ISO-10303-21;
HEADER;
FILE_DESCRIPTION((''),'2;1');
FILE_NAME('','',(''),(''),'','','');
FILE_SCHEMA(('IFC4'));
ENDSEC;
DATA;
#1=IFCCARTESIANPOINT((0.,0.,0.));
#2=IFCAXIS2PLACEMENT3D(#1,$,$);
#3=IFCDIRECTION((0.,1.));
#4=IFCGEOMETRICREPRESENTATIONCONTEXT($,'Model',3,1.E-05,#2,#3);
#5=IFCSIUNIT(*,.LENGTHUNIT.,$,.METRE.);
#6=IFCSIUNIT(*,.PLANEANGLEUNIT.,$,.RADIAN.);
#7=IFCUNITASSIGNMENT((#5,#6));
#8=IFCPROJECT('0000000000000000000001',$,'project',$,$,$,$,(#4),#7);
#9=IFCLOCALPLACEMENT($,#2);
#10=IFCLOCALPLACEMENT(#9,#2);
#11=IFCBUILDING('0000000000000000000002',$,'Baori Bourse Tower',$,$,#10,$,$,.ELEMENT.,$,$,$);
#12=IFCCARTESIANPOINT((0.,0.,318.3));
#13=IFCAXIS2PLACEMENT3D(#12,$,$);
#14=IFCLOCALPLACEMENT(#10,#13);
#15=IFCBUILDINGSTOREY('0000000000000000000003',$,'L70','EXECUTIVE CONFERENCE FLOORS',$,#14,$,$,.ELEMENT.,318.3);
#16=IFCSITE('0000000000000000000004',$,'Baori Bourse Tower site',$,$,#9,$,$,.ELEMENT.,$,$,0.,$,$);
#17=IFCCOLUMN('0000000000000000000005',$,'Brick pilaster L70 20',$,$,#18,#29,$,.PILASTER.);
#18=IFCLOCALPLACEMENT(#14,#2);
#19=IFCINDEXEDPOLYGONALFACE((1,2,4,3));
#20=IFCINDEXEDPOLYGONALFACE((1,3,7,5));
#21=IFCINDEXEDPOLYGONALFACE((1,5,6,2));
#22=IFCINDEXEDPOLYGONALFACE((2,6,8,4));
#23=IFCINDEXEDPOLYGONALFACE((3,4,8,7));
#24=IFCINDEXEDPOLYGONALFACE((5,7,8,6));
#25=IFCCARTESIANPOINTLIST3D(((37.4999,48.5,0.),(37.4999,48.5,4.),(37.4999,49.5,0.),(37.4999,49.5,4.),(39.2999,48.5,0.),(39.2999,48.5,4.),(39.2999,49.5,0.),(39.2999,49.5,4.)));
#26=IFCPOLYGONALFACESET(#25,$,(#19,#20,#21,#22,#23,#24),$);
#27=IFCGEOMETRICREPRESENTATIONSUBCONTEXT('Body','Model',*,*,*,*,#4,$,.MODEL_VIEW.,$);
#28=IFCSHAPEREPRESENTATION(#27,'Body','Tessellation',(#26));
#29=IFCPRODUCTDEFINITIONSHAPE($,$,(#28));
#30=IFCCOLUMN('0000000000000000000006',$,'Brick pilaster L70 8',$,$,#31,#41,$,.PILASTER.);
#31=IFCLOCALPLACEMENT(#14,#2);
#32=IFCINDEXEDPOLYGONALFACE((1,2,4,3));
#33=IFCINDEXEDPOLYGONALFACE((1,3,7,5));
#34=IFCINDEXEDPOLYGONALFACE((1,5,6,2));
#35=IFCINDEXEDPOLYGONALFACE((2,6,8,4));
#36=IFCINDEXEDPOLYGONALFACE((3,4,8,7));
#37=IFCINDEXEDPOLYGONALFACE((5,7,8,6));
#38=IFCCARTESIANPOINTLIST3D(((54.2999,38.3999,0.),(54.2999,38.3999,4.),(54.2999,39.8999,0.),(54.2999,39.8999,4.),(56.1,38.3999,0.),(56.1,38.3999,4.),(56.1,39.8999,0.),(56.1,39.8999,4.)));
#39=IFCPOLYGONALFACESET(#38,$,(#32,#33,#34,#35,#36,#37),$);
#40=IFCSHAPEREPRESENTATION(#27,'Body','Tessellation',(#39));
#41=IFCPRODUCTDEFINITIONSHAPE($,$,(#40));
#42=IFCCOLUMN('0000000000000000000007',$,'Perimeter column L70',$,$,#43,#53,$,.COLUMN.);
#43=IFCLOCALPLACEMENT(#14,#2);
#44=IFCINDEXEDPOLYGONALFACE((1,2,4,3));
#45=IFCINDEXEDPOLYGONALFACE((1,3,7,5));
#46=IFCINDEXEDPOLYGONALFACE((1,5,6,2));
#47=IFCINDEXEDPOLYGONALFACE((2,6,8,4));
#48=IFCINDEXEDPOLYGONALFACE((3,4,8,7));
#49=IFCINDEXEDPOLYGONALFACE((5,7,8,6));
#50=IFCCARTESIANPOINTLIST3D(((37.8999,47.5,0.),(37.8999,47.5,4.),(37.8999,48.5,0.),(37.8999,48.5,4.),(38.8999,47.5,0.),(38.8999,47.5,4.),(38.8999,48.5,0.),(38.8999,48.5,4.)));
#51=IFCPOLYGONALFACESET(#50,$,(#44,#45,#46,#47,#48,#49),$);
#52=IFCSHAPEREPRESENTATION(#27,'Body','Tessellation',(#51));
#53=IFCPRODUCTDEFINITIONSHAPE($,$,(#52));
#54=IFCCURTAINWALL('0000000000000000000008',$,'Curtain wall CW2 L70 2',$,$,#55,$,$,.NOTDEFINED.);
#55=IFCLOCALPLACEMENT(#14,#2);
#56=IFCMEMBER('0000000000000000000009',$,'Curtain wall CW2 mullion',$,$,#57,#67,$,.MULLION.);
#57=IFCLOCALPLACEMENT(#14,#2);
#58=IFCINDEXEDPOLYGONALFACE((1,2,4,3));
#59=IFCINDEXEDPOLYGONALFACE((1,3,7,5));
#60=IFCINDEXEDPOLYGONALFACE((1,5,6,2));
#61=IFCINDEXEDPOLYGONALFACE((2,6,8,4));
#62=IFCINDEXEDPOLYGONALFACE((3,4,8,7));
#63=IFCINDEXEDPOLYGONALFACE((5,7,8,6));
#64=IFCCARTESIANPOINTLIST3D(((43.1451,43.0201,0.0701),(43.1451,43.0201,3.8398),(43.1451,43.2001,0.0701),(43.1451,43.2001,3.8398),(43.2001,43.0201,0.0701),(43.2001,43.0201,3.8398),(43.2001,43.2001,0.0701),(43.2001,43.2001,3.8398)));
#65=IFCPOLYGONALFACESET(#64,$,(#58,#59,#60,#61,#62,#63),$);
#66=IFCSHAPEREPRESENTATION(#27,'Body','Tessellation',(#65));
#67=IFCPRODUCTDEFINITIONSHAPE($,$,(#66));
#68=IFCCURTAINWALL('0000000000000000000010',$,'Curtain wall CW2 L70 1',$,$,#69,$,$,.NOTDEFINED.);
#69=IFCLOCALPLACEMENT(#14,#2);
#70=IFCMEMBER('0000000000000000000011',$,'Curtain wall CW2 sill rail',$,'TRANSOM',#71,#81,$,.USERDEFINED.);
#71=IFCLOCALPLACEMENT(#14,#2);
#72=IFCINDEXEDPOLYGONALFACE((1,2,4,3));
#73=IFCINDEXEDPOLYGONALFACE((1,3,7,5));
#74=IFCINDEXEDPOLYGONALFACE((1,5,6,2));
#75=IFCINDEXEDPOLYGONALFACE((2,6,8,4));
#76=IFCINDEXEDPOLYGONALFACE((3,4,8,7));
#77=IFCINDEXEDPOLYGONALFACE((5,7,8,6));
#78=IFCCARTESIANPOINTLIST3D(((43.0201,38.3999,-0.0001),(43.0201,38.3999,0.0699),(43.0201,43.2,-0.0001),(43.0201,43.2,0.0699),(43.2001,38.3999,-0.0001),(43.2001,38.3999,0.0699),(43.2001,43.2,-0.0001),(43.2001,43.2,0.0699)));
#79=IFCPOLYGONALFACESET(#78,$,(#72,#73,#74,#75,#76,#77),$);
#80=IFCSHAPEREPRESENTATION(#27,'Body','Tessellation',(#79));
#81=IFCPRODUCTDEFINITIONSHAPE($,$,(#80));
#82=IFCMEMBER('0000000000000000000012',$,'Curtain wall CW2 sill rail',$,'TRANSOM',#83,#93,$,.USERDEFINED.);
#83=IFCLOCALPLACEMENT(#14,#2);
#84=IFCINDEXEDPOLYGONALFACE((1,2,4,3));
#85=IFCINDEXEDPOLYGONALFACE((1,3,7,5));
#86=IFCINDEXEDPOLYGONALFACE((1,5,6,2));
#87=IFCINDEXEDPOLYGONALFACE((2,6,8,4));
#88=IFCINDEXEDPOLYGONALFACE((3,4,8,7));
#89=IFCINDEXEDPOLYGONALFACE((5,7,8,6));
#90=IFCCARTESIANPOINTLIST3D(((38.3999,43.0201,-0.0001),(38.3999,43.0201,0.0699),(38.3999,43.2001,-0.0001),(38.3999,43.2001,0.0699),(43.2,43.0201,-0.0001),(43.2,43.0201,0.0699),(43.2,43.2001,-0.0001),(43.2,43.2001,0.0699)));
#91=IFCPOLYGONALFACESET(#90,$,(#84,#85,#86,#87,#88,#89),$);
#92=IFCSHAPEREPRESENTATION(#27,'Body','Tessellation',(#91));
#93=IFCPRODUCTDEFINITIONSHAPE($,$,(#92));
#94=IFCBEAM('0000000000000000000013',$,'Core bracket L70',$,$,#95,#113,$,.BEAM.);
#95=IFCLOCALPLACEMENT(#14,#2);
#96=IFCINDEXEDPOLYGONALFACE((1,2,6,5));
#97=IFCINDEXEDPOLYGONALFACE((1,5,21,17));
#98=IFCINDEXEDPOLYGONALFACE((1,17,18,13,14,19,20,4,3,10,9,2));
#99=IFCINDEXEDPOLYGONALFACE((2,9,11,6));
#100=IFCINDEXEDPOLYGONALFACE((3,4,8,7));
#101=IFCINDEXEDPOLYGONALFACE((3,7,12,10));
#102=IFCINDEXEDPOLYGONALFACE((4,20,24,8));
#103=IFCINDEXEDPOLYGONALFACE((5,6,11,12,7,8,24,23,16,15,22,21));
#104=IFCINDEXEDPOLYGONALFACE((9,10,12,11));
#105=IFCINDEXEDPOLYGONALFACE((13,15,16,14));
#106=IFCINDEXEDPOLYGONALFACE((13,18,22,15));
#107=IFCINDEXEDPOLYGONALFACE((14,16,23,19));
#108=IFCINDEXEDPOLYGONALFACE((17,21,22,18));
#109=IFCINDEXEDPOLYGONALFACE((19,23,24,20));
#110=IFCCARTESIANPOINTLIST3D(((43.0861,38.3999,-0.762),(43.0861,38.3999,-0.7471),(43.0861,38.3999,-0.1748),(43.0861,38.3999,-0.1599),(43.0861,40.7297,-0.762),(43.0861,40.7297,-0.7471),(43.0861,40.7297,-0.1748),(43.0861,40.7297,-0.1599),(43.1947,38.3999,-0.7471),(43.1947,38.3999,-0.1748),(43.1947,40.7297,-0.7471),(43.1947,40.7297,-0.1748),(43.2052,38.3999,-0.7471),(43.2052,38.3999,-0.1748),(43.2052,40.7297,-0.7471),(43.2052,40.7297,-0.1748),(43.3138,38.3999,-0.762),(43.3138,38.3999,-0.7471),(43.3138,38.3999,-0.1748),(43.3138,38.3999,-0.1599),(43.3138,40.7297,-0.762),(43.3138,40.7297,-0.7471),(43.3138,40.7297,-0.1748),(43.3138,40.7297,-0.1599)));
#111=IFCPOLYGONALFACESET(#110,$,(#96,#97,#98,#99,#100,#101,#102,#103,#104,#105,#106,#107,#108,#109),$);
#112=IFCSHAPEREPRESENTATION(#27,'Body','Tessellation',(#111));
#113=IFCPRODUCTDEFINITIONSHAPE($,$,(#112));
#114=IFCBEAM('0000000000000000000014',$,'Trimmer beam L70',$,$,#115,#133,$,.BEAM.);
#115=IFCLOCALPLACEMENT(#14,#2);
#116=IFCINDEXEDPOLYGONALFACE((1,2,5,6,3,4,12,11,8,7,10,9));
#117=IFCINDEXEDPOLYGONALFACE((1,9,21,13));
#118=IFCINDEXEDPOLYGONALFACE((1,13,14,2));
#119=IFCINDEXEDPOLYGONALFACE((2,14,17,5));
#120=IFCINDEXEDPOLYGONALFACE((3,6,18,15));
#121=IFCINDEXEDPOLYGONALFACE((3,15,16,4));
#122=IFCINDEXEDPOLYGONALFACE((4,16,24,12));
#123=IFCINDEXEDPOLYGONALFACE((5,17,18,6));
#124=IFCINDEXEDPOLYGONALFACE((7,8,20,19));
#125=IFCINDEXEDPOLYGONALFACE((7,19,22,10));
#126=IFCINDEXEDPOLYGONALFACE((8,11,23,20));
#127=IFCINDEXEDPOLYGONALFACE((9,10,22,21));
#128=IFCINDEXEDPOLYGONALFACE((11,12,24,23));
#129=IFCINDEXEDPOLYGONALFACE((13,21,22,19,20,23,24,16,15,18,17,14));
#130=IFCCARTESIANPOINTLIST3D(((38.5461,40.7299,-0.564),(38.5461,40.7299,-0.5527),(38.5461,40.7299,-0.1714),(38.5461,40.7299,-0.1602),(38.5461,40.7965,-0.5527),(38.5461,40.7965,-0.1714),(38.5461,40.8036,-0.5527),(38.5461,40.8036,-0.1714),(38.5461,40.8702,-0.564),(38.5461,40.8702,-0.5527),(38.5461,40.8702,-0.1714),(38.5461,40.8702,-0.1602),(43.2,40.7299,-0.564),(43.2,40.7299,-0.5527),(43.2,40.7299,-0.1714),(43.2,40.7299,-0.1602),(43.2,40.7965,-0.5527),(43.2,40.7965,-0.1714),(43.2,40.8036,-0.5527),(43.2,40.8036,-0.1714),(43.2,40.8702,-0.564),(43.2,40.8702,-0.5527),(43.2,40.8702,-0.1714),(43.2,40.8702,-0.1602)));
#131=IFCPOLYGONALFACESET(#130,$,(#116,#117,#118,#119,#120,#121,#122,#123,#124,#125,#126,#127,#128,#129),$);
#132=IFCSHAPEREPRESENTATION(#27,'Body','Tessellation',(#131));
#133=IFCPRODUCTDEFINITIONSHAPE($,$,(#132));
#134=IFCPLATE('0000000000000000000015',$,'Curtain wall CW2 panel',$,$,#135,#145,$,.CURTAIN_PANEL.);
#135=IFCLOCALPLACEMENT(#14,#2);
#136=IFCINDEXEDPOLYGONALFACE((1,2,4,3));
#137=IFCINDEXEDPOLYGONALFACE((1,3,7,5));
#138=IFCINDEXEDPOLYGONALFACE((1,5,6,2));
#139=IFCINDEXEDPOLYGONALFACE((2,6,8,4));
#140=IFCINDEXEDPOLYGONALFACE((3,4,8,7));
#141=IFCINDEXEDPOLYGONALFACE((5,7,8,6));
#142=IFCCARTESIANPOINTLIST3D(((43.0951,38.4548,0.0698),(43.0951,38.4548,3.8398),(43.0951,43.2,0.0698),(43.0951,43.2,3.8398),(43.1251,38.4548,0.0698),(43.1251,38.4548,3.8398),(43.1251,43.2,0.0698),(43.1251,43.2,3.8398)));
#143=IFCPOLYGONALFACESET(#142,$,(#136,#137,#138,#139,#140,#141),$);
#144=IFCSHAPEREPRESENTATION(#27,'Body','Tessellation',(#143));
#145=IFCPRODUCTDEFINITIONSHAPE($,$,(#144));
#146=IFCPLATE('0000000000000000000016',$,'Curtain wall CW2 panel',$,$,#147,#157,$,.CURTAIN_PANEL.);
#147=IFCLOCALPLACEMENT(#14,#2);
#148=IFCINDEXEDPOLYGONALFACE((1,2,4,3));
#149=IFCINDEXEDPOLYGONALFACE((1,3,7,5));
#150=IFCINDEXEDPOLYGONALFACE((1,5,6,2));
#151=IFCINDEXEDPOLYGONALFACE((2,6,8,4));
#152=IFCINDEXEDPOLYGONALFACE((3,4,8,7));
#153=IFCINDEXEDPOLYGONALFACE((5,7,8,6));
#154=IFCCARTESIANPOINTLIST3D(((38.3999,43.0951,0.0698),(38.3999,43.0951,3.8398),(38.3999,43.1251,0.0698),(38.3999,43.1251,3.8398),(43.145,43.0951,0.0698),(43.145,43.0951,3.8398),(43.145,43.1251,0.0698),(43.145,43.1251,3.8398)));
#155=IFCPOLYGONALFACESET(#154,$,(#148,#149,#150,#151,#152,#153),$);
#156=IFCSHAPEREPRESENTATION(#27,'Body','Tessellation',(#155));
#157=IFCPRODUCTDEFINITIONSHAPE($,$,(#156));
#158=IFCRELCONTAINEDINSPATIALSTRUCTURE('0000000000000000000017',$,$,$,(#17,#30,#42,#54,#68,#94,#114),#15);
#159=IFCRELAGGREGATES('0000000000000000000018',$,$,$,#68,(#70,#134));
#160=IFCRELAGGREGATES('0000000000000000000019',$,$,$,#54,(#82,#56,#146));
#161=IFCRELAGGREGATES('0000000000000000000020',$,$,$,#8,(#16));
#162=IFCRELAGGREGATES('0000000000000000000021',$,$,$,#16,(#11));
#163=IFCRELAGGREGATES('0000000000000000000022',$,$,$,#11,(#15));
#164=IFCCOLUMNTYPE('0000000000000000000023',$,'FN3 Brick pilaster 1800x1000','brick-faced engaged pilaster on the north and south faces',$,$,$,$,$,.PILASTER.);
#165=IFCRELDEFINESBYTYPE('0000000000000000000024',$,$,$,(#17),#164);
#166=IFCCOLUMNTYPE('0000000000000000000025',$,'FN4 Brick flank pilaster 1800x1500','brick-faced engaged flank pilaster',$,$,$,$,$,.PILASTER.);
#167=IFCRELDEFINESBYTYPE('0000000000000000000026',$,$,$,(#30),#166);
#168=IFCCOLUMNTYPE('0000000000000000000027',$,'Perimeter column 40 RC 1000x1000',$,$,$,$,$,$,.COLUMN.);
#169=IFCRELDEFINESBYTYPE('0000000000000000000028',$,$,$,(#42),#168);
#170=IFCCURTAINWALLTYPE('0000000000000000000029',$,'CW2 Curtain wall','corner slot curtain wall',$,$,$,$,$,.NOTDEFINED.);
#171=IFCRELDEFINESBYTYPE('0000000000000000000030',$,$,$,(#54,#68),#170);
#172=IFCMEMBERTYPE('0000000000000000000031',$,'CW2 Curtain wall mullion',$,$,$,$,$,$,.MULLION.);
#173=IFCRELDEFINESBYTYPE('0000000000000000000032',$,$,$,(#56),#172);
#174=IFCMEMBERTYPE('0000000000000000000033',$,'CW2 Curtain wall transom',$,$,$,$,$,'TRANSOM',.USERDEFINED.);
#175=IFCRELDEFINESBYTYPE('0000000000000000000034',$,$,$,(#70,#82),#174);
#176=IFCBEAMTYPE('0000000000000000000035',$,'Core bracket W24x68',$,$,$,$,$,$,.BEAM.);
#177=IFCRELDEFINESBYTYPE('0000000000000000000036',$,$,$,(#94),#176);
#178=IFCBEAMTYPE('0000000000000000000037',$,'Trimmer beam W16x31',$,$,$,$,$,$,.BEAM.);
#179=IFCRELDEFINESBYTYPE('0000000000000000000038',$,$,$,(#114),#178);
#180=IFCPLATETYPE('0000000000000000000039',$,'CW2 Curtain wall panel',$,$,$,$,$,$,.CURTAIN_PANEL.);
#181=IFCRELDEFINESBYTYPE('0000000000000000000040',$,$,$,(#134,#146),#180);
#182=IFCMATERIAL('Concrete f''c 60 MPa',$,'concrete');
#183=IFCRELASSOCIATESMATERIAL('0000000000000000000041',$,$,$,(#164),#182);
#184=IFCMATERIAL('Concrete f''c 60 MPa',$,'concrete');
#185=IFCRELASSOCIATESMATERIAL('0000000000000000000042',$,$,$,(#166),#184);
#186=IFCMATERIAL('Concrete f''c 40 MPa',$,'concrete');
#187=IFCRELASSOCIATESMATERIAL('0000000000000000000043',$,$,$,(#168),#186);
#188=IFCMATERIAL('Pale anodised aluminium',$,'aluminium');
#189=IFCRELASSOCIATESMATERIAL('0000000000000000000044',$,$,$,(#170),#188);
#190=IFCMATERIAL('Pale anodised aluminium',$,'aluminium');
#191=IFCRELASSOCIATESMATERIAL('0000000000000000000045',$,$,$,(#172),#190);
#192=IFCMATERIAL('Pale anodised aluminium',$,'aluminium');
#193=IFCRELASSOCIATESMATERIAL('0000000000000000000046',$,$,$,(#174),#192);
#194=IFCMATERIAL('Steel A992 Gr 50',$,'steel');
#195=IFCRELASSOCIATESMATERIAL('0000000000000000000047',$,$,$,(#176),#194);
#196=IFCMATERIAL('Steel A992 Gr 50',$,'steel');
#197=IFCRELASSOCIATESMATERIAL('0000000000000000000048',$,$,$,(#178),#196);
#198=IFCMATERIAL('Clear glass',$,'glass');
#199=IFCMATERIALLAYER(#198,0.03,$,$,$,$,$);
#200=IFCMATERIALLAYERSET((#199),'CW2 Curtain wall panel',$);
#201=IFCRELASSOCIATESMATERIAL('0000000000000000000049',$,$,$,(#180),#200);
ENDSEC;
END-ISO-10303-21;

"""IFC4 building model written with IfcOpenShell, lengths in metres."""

from ifc_helpers import new_model, si_unit, direction, frame, origin, origin_2d, place, context, subcontext, project, spatial, rectangle, i_section, extrude, material, layer, layer_set, material_profile, profile_set, type_object, element, aggregate, save


model = new_model("IFC4")

# Units and contexts
model_context = context("Model", 3, precision=1e-05, world=origin(), true_north=direction((0.0, 1.0)))
body_context = subcontext(model_context, "Body", "Model", "MODEL_VIEW")
ifc_project = project(units=[si_unit("LENGTHUNIT", "METRE"), si_unit("PLANEANGLEUNIT", "RADIAN")], contexts=[model_context])

# Site, building, storey
site_placement = place(None, origin())
site = spatial("IfcSite", under=ifc_project, at=site_placement, Name="Baori Bourse Tower site", CompositionType="ELEMENT", RefElevation=0.0)
building_placement = place(site_placement, origin())
building = spatial("IfcBuilding", under=site, at=building_placement, Name="Baori Bourse Tower", CompositionType="ELEMENT")
storey_placement = place(building_placement, frame((0.0, 0.0, 318.3)))
storey = spatial("IfcBuildingStorey", under=building, at=storey_placement, Name="L70", Description="EXECUTIVE CONFERENCE FLOORS", CompositionType="ELEMENT", Elevation=318.3)

# Columns
ifc_material_1 = material(Name="Concrete f'c 60 MPa", Category="concrete")
ifc_material_profile_1 = material_profile(ifc_material_1, rectangle(XDim=1.8, YDim=1.0, at=origin_2d()), Name="RC 1800x1000")
ifc_profile_set_1 = profile_set([ifc_material_profile_1], Name="Concrete f'c 60 MPa")
column_type_1 = type_object("IfcColumnType", Name="FN3 Brick pilaster 1800x1000", Description="brick-faced engaged pilaster on the north and south faces", PredefinedType="PILASTER", material=ifc_profile_set_1)
column_1_placement = place(storey_placement, frame((38.3999, 49.0, 0.0), z_axis=(0.0, 0.0, 1.0), x_axis=(1.0, 0.0, 0.0)))
element("IfcColumn", 1, at=column_1_placement, inside=storey, type_object=column_type_1, Name="Brick pilaster L70 20", PredefinedType="PILASTER", context=body_context, shape_type="SweptSolid", body=[
    extrude(rectangle(XDim=1.8, YDim=1.0, at=origin_2d()), origin(), (0.0, 0.0, 1.0), 4.0),
])
ifc_material_2 = material(Name="Concrete f'c 60 MPa", Category="concrete")
ifc_material_profile_2 = material_profile(ifc_material_2, rectangle(XDim=1.8, YDim=1.5, at=origin_2d()), Name="RC 1800x1500")
ifc_profile_set_2 = profile_set([ifc_material_profile_2], Name="Concrete f'c 60 MPa")
column_type_2 = type_object("IfcColumnType", Name="FN4 Brick flank pilaster 1800x1500", Description="brick-faced engaged flank pilaster", PredefinedType="PILASTER", material=ifc_profile_set_2)
column_2_placement = place(storey_placement, frame((55.2, 39.1499, 0.0), z_axis=(0.0, 0.0, 1.0), x_axis=(1.0, 0.0, 0.0)))
element("IfcColumn", 2, at=column_2_placement, inside=storey, type_object=column_type_2, Name="Brick pilaster L70 8", PredefinedType="PILASTER", context=body_context, shape_type="SweptSolid", body=[
    extrude(rectangle(XDim=1.8, YDim=1.5, at=origin_2d()), origin(), (0.0, 0.0, 1.0), 4.0),
])
ifc_material_3 = material(Name="Concrete f'c 40 MPa", Category="concrete")
ifc_material_profile_3 = material_profile(ifc_material_3, rectangle(XDim=1.0, YDim=1.0, at=origin_2d()), Name="RC 1000x1000")
ifc_profile_set_3 = profile_set([ifc_material_profile_3], Name="Concrete f'c 40 MPa")
column_type_3 = type_object("IfcColumnType", Name="Perimeter column 40 RC 1000x1000", PredefinedType="COLUMN", material=ifc_profile_set_3)
column_3_placement = place(storey_placement, frame((38.3999, 48.0, 0.0), z_axis=(0.0, 0.0, 1.0), x_axis=(1.0, 0.0, 0.0)))
element("IfcColumn", 3, at=column_3_placement, inside=storey, type_object=column_type_3, Name="Perimeter column L70", PredefinedType="COLUMN", context=body_context, shape_type="SweptSolid", body=[
    extrude(rectangle(XDim=1.0, YDim=1.0, at=origin_2d()), origin(), (0.0, 0.0, 1.0), 4.0),
])

# Curtain walls, members
ifc_material_4 = material(Name="Pale anodised aluminium", Category="aluminium")
curtain_wall_type = type_object("IfcCurtainWallType", Name="CW2 Curtain wall", Description="corner slot curtain wall", PredefinedType="NOTDEFINED", material=ifc_material_4)
curtain_wall_1_placement = place(storey_placement, origin())
curtain_wall_1 = element("IfcCurtainWall", 4, at=curtain_wall_1_placement, inside=storey, type_object=curtain_wall_type, Name="Curtain wall CW2 L70 2", PredefinedType="NOTDEFINED")
ifc_material_5 = material(Name="Pale anodised aluminium", Category="aluminium")
ifc_material_profile_4 = material_profile(ifc_material_5, rectangle(XDim=0.1799, YDim=0.0549, at=origin_2d()), Name="Mullion 55x180")
ifc_profile_set_4 = profile_set([ifc_material_profile_4], Name="Pale anodised aluminium")
member_type_1 = type_object("IfcMemberType", Name="CW2 Curtain wall mullion", PredefinedType="MULLION", material=ifc_profile_set_4)
member_1_placement = place(storey_placement, frame((43.1726, 43.1101, 0.0701), z_axis=(0.0, 0.0, 1.0), x_axis=(0.0, -1.0, 0.0)))
member_1 = element("IfcMember", 5, at=member_1_placement, type_object=member_type_1, Name="Curtain wall CW2 mullion", PredefinedType="MULLION", context=body_context, shape_type="SweptSolid", body=[
    extrude(rectangle(XDim=0.1799, YDim=0.0549, at=origin_2d()), origin(), (0.0, 0.0, 1.0), 3.7698),
])
curtain_wall_2_placement = place(storey_placement, origin())
curtain_wall_2 = element("IfcCurtainWall", 6, at=curtain_wall_2_placement, inside=storey, type_object=curtain_wall_type, Name="Curtain wall CW2 L70 1", PredefinedType="NOTDEFINED")
ifc_material_6 = material(Name="Pale anodised aluminium", Category="aluminium")
ifc_material_profile_5 = material_profile(ifc_material_6, rectangle(XDim=0.1799, YDim=0.0701, at=origin_2d()), Name="Transom 70x180")
ifc_profile_set_5 = profile_set([ifc_material_profile_5], Name="Pale anodised aluminium")
member_type_2 = type_object("IfcMemberType", Name="CW2 Curtain wall transom", ElementType="TRANSOM", PredefinedType="USERDEFINED", material=ifc_profile_set_5)
member_2_placement = place(storey_placement, frame((43.1101, 38.3999, 0.0349), z_axis=(0.0, 1.0, 0.0), x_axis=(-1.0, 0.0, 0.0)))
member_2 = element("IfcMember", 7, at=member_2_placement, type_object=member_type_2, Name="Curtain wall CW2 sill rail", ObjectType="TRANSOM", PredefinedType="USERDEFINED", context=body_context, shape_type="SweptSolid", body=[
    extrude(rectangle(XDim=0.1799, YDim=0.0701, at=origin_2d()), origin(), (0.0, 0.0, 1.0), 4.8),
])

# Member
member_3_placement = place(storey_placement, frame((43.2, 43.1101, 0.0349), z_axis=(-1.0, 0.0, 0.0), x_axis=(0.0, -1.0, 0.0)))
member_3 = element("IfcMember", 8, at=member_3_placement, type_object=member_type_2, Name="Curtain wall CW2 sill rail", ObjectType="TRANSOM", PredefinedType="USERDEFINED", context=body_context, shape_type="SweptSolid", body=[
    extrude(rectangle(XDim=0.1799, YDim=0.0701, at=origin_2d()), origin(), (0.0, 0.0, 1.0), 4.8),
])

# Beams
ifc_material_7 = material(Name="Steel A992 Gr 50", Category="steel")
ifc_material_profile_6 = material_profile(ifc_material_7, i_section(OverallWidth=0.2278, OverallDepth=0.6021, WebThickness=0.0105, FlangeThickness=0.0149, at=origin_2d()), Name="W24x68")
ifc_profile_set_6 = profile_set([ifc_material_profile_6], Name="Steel A992 Gr 50")
beam_type_1 = type_object("IfcBeamType", Name="Core bracket W24x68", PredefinedType="BEAM", material=ifc_profile_set_6)
beam_1_placement = place(storey_placement, frame((43.2, 38.3999, -0.4609), z_axis=(0.0, 1.0, 0.0), x_axis=(-1.0, 0.0, 0.0)))
element("IfcBeam", 9, at=beam_1_placement, inside=storey, type_object=beam_type_1, Name="Core bracket L70", PredefinedType="BEAM", context=body_context, shape_type="SweptSolid", body=[
    extrude(i_section(OverallWidth=0.2278, OverallDepth=0.6021, WebThickness=0.0105, FlangeThickness=0.0149, at=origin_2d()), origin(), (0.0, 0.0, 1.0), 2.3298),
])
ifc_material_8 = material(Name="Steel A992 Gr 50", Category="steel")
ifc_material_profile_7 = material_profile(ifc_material_8, i_section(OverallWidth=0.1404, OverallDepth=0.4038, WebThickness=0.0071, FlangeThickness=0.0112, at=origin_2d()), Name="W16x31")
ifc_profile_set_7 = profile_set([ifc_material_profile_7], Name="Steel A992 Gr 50")
beam_type_2 = type_object("IfcBeamType", Name="Trimmer beam W16x31", PredefinedType="BEAM", material=ifc_profile_set_7)
beam_2_placement = place(storey_placement, frame((38.5461, 40.8, -0.3621), z_axis=(1.0, 0.0, 0.0), x_axis=(0.0, 1.0, 0.0)))
element("IfcBeam", 10, at=beam_2_placement, inside=storey, type_object=beam_type_2, Name="Trimmer beam L70", PredefinedType="BEAM", context=body_context, shape_type="SweptSolid", body=[
    extrude(i_section(OverallWidth=0.1404, OverallDepth=0.4038, WebThickness=0.0071, FlangeThickness=0.0112, at=origin_2d()), origin(), (0.0, 0.0, 1.0), 4.6538),
])

# Plates
ifc_material_9 = material(Name="Clear glass", Category="glass")
ifc_layer_1 = layer(ifc_material_9, 0.03)
ifc_layer_set_1 = layer_set([ifc_layer_1], Name="CW2 Curtain wall panel")
plate_type = type_object("IfcPlateType", Name="CW2 Curtain wall panel", PredefinedType="CURTAIN_PANEL", material=ifc_layer_set_1)
plate_1_placement = place(storey_placement, frame((43.1101, 40.8274, 0.0698), z_axis=(0.0, 0.0, 1.0), x_axis=(0.0, 1.0, 0.0)))
plate_1 = element("IfcPlate", 11, at=plate_1_placement, type_object=plate_type, Name="Curtain wall CW2 panel", PredefinedType="CURTAIN_PANEL", context=body_context, shape_type="SweptSolid", body=[
    extrude(rectangle(XDim=4.7451, YDim=0.03, at=origin_2d()), origin(), (0.0, 0.0, 1.0), 3.77),
])
aggregate(curtain_wall_2, [member_2, plate_1])
plate_2_placement = place(storey_placement, frame((40.7725, 43.1101, 0.0698), z_axis=(0.0, 0.0, 1.0), x_axis=(-1.0, 0.0, 0.0)))
plate_2 = element("IfcPlate", 12, at=plate_2_placement, type_object=plate_type, Name="Curtain wall CW2 panel", PredefinedType="CURTAIN_PANEL", context=body_context, shape_type="SweptSolid", body=[
    extrude(rectangle(XDim=4.7451, YDim=0.03, at=origin_2d()), origin(), (0.0, 0.0, 1.0), 3.77),
])
aggregate(curtain_wall_1, [member_3, member_1, plate_2])

save(model, "model.ifc")
